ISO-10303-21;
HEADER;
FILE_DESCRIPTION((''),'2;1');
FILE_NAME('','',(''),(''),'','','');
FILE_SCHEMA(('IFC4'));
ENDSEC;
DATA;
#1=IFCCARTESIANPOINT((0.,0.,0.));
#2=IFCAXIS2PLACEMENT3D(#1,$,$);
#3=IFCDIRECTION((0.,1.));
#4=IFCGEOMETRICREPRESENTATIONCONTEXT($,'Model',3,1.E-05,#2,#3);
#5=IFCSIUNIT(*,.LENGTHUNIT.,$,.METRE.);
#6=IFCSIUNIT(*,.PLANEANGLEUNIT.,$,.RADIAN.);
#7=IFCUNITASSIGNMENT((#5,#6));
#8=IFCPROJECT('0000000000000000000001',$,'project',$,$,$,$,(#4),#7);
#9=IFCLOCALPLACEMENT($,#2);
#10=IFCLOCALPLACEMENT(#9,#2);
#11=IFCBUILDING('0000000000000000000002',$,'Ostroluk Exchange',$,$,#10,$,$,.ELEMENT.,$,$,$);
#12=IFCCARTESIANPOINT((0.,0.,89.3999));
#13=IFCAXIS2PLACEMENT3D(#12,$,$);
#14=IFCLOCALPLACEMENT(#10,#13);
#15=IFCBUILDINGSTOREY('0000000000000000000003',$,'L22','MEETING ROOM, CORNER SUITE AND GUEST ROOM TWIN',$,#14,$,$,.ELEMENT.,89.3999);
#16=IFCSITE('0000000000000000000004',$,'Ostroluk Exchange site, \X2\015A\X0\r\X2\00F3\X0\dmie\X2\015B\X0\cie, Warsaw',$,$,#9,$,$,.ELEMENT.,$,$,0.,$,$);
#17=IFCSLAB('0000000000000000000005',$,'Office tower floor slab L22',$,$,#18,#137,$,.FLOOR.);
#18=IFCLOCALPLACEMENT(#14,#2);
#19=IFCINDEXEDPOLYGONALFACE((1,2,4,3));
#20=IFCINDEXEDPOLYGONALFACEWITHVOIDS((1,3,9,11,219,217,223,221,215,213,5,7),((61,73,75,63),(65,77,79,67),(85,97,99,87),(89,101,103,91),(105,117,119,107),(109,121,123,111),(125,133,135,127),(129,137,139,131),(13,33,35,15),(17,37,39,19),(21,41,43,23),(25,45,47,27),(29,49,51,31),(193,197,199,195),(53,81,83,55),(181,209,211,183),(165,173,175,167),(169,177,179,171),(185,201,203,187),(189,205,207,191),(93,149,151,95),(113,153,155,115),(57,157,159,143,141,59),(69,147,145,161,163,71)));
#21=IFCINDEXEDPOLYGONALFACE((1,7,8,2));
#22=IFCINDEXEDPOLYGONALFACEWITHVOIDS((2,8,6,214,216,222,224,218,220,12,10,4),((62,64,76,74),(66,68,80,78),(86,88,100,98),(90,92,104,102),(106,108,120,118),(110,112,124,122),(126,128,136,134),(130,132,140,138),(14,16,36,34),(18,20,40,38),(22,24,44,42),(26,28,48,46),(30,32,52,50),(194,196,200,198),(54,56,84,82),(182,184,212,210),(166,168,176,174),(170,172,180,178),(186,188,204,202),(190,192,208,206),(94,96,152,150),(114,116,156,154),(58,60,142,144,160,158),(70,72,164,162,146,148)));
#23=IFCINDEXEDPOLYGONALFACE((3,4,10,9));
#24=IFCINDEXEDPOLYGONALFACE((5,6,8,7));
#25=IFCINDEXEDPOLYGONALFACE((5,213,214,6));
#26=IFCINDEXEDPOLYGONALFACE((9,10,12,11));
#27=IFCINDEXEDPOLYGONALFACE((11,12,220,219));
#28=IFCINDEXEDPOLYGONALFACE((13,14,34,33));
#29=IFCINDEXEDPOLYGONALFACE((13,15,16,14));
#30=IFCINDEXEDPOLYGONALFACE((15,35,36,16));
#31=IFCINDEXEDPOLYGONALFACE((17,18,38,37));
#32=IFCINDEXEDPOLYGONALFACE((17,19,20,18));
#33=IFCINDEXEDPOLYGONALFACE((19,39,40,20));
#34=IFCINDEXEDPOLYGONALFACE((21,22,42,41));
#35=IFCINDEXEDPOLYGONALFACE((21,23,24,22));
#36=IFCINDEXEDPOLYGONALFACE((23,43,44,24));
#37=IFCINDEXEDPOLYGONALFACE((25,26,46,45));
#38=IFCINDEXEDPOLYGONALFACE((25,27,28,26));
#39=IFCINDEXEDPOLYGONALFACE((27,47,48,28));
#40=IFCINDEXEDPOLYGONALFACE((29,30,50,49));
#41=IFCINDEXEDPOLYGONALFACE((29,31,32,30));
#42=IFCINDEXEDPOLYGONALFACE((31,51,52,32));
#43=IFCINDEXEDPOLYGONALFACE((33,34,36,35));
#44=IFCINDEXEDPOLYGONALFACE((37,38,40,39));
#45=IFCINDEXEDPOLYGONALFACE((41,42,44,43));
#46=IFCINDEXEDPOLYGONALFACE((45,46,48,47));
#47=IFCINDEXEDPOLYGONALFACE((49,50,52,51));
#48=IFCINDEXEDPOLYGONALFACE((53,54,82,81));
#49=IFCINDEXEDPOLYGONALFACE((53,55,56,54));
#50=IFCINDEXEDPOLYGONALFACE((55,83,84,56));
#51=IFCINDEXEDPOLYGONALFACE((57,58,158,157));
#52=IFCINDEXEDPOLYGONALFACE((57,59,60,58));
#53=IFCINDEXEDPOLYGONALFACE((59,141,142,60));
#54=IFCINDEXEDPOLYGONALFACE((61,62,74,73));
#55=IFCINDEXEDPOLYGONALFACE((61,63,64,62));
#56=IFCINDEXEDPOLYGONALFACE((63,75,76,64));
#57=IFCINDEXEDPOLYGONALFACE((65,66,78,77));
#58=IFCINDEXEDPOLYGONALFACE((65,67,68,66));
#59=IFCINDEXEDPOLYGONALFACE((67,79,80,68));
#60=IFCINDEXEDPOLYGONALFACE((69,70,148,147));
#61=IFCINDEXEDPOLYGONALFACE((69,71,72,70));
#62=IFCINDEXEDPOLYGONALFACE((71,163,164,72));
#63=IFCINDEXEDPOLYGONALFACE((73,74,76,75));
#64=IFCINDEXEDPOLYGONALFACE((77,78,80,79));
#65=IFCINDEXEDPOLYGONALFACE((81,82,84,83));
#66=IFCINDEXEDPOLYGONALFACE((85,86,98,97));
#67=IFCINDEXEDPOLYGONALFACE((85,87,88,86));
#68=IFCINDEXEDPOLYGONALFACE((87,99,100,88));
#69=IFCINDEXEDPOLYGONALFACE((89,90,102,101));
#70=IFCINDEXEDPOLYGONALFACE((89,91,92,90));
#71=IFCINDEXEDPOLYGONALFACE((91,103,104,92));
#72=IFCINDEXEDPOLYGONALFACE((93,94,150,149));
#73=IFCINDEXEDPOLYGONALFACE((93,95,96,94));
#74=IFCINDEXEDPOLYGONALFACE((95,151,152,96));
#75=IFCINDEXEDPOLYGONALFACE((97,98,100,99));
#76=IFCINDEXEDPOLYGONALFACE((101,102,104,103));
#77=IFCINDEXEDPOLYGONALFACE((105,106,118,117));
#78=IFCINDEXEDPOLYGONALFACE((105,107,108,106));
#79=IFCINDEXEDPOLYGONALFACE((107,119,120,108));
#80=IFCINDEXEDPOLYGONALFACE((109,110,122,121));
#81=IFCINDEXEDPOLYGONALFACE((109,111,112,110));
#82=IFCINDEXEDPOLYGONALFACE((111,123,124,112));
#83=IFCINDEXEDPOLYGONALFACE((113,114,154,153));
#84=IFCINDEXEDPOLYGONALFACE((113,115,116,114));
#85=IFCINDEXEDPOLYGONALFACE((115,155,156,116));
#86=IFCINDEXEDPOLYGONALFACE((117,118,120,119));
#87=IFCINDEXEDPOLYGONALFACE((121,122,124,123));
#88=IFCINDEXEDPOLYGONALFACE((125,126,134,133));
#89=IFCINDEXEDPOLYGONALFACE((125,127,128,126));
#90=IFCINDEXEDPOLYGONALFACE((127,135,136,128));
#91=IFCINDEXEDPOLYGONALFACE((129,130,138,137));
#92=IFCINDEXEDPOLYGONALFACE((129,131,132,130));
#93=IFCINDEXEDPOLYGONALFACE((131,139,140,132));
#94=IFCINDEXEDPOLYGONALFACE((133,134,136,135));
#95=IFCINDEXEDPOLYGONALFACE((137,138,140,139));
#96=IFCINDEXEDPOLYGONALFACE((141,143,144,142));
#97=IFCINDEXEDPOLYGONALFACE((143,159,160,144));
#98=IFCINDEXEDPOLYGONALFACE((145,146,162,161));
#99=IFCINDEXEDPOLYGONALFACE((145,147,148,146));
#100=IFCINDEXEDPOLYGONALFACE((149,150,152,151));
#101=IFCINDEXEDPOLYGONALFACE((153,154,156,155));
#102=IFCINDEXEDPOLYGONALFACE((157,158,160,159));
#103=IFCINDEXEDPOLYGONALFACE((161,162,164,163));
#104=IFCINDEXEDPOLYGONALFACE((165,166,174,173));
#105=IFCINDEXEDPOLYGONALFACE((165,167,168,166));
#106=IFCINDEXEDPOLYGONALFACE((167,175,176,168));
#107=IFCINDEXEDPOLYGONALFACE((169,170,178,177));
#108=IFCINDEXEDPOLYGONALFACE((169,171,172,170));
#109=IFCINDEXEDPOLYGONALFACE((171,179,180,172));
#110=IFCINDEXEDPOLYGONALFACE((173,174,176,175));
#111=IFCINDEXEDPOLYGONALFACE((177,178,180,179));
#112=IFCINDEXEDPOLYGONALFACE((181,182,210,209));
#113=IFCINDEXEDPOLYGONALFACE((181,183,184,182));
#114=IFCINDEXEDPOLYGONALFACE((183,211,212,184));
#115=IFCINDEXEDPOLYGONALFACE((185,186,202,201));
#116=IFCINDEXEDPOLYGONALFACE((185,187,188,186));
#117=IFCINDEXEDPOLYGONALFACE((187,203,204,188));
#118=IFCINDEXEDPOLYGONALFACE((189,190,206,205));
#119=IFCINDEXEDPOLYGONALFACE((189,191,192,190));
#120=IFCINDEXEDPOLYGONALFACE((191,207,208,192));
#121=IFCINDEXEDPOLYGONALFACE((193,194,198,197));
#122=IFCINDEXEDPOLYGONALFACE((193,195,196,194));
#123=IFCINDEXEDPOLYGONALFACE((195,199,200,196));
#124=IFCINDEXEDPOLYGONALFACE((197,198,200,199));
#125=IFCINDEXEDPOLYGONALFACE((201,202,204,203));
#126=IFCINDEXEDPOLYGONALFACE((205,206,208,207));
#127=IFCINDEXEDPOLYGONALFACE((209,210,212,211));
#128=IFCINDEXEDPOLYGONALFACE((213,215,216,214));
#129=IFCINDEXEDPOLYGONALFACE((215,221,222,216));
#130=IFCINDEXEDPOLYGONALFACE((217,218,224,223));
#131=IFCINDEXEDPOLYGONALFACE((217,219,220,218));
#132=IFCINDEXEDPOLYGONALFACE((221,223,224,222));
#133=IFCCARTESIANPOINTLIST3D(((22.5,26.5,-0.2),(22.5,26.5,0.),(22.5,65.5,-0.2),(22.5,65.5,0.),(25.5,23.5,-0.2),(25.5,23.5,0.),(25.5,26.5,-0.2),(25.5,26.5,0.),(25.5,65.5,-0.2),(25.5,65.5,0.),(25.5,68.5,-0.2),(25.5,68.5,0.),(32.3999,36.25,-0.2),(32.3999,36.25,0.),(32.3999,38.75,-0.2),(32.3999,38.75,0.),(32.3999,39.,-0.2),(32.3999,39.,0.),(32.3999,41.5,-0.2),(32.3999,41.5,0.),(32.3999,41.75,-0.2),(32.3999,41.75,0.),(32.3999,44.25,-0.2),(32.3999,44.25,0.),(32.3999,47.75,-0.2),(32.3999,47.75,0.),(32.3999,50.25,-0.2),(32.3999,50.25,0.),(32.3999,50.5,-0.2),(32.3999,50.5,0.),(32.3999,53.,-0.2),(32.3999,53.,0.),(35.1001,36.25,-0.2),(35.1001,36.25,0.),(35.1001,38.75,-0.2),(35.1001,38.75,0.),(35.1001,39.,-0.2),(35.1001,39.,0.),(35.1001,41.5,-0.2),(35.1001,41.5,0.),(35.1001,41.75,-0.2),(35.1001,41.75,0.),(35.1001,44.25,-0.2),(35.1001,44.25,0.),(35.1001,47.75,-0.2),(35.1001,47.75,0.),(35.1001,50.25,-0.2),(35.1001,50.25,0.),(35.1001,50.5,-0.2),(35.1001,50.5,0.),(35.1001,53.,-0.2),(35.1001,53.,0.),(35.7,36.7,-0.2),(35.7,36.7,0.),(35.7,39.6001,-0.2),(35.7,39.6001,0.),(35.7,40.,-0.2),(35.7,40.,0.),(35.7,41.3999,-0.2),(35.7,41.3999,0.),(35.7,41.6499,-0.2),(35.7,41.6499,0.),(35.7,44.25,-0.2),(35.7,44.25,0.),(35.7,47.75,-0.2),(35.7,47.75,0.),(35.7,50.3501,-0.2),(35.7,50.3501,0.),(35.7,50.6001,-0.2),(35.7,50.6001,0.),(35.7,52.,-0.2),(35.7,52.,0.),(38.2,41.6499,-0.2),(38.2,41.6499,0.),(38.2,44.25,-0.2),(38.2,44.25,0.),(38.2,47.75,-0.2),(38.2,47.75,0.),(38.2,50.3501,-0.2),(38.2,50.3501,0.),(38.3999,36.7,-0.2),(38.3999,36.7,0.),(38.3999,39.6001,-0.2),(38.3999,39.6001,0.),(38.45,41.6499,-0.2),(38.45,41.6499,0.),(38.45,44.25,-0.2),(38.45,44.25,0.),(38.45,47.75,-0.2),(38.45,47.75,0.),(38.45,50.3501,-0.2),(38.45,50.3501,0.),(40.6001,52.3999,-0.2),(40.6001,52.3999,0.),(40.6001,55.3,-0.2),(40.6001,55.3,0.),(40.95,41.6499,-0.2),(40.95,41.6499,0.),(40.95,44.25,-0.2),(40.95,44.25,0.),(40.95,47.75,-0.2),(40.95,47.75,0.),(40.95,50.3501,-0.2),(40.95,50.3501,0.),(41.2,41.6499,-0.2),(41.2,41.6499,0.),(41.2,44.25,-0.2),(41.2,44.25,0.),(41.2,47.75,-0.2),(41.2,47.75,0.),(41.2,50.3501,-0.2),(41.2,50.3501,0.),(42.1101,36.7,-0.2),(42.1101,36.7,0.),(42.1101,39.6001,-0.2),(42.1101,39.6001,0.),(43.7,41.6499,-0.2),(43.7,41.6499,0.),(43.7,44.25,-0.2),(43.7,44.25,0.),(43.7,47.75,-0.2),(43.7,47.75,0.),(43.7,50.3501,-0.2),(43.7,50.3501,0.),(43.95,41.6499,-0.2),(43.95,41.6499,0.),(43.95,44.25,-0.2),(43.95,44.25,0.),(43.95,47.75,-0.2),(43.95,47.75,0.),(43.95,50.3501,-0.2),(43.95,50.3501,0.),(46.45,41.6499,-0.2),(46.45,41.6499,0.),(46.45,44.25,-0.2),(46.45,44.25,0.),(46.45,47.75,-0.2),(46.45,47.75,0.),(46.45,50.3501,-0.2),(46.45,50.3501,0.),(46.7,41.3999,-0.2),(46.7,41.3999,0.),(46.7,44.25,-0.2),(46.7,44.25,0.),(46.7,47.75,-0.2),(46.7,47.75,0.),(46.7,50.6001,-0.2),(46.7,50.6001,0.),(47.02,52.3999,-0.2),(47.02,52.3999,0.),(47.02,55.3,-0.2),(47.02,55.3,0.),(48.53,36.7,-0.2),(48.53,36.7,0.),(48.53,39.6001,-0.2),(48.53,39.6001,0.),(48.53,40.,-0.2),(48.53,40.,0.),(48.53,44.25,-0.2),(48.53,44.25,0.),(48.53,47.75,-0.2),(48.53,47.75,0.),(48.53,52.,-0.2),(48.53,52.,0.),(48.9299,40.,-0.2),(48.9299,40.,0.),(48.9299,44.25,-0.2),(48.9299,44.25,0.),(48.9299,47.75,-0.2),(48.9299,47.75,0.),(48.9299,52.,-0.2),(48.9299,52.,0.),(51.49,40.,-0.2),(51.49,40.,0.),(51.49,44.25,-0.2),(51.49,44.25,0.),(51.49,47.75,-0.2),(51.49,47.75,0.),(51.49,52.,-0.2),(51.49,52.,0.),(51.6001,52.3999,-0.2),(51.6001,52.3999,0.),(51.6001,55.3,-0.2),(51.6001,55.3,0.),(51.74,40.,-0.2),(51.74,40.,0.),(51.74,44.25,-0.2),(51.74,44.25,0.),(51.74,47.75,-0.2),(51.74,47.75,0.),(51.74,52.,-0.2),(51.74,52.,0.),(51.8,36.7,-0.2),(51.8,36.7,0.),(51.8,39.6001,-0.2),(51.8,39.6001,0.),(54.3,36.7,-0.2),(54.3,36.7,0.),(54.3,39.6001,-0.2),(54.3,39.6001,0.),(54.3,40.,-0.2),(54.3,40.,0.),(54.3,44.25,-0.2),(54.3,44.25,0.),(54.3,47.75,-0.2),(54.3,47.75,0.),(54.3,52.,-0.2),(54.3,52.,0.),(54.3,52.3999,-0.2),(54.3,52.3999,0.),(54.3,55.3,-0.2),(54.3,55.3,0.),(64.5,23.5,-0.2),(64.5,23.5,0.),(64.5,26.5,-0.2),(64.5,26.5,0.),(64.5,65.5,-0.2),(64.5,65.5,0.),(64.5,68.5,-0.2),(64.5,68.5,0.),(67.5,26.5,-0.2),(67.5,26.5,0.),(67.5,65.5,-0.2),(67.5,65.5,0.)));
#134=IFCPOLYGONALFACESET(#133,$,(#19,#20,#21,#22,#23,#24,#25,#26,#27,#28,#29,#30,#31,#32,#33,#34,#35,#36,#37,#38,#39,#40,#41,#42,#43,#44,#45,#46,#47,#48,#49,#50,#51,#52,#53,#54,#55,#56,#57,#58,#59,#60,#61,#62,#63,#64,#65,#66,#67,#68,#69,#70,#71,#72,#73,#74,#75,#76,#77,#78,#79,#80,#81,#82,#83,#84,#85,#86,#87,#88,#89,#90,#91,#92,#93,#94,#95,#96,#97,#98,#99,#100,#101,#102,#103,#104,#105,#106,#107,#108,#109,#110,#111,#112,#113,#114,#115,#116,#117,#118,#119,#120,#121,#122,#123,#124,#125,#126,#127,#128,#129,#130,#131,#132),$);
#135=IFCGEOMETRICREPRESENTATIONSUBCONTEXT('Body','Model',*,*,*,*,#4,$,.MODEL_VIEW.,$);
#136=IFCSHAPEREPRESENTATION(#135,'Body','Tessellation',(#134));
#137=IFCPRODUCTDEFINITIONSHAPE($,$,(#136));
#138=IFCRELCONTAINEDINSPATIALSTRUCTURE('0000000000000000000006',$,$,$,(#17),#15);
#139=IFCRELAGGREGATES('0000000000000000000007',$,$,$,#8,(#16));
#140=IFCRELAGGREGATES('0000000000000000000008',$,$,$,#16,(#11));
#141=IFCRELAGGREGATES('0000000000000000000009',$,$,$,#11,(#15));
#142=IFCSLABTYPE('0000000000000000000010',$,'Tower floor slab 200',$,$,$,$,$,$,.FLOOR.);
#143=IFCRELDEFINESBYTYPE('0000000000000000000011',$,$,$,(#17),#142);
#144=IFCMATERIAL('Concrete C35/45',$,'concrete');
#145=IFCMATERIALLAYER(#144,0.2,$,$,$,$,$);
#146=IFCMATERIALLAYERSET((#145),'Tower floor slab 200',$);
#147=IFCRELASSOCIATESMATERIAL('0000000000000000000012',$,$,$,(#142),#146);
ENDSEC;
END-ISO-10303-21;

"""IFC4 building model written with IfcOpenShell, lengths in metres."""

from ifc_helpers import new_model, si_unit, direction, frame, origin, place, context, subcontext, project, spatial, polyline, outline, extrude, material, layer, layer_set, type_object, element, save


model = new_model("IFC4")

# Units and contexts
model_context = context("Model", 3, precision=1e-05, world=origin(), true_north=direction((0.0, 1.0)))
body_context = subcontext(model_context, "Body", "Model", "MODEL_VIEW")
ifc_project = project(units=[si_unit("LENGTHUNIT", "METRE"), si_unit("PLANEANGLEUNIT", "RADIAN")], contexts=[model_context])

# Site, building, storey
site_placement = place(None, origin())
site = spatial("IfcSite", under=ifc_project, at=site_placement, Name="Ostroluk Exchange site, Śródmieście, Warsaw", CompositionType="ELEMENT", RefElevation=0.0)
building_placement = place(site_placement, origin())
building = spatial("IfcBuilding", under=site, at=building_placement, Name="Ostroluk Exchange", CompositionType="ELEMENT")
storey_placement = place(building_placement, frame((0.0, 0.0, 89.3999)))
storey = spatial("IfcBuildingStorey", under=building, at=storey_placement, Name="L22", Description="MEETING ROOM, CORNER SUITE AND GUEST ROOM TWIN", CompositionType="ELEMENT", Elevation=89.3999)

# Slab
ifc_material_1 = material(Name="Concrete C35/45", Category="concrete")
ifc_layer_1 = layer(ifc_material_1, 0.2)
ifc_layer_set_1 = layer_set([ifc_layer_1], Name="Tower floor slab 200")
slab_type_1 = type_object("IfcSlabType", Name="Tower floor slab 200", PredefinedType="FLOOR", material=ifc_layer_set_1)
slab_1_placement = place(storey_placement, frame((0.0, 0.0, -0.2)))
element("IfcSlab", 1, at=slab_1_placement, inside=storey, type_object=slab_type_1, Name="Office tower floor slab L22", PredefinedType="FLOOR", context=body_context, shape_type="SweptSolid", body=[
    extrude(outline(polyline([(25.5, 23.5), (64.5, 23.5), (64.5, 26.5), (67.5, 26.5), (67.5, 65.5), (64.5, 65.5), (64.5, 68.5), (25.5, 68.5), (25.5, 65.5), (22.5, 65.5), (22.5, 26.5), (25.5, 26.5), (25.5, 23.5)]), holes=[polyline([(35.7, 36.7), (38.3999, 36.7), (38.3999, 39.6001), (35.7, 39.6001), (35.7, 36.7)]), polyline([(42.1101, 36.7), (48.53, 36.7), (48.53, 39.6001), (42.1101, 39.6001), (42.1101, 36.7)]), polyline([(51.8, 36.7), (54.3, 36.7), (54.3, 39.6001), (51.8, 39.6001), (51.8, 36.7)]), polyline([(40.6001, 52.3999), (47.02, 52.3999), (47.02, 55.3), (40.6001, 55.3), (40.6001, 52.3999)]), polyline([(51.6001, 52.3999), (54.3, 52.3999), (54.3, 55.3), (51.6001, 55.3), (51.6001, 52.3999)]), polyline([(35.7, 47.75), (38.2, 47.75), (38.2, 50.3501), (35.7, 50.3501), (35.7, 47.75)]), polyline([(38.45, 47.75), (40.95, 47.75), (40.95, 50.3501), (38.45, 50.3501), (38.45, 47.75)]), polyline([(41.2, 47.75), (43.7, 47.75), (43.7, 50.3501), (41.2, 50.3501), (41.2, 47.75)]), polyline([(43.95, 47.75), (46.45, 47.75), (46.45, 50.3501), (43.95, 50.3501), (43.95, 47.75)]), polyline([(35.7, 41.6499), (38.2, 41.6499), (38.2, 44.25), (35.7, 44.25), (35.7, 41.6499)]), polyline([(38.45, 41.6499), (40.95, 41.6499), (40.95, 44.25), (38.45, 44.25), (38.45, 41.6499)]), polyline([(41.2, 41.6499), (43.7, 41.6499), (43.7, 44.25), (41.2, 44.25), (41.2, 41.6499)]), polyline([(43.95, 41.6499), (46.45, 41.6499), (46.45, 44.25), (43.95, 44.25), (43.95, 41.6499)]), polyline([(48.9299, 47.75), (51.49, 47.75), (51.49, 52.0), (48.9299, 52.0), (48.9299, 47.75)]), polyline([(51.74, 47.75), (54.3, 47.75), (54.3, 52.0), (51.74, 52.0), (51.74, 47.75)]), polyline([(48.9299, 40.0), (51.49, 40.0), (51.49, 44.25), (48.9299, 44.25), (48.9299, 40.0)]), polyline([(51.74, 40.0), (54.3, 40.0), (54.3, 44.25), (51.74, 44.25), (51.74, 40.0)]), polyline([(48.53, 52.0), (48.53, 47.75), (46.7, 47.75), (46.7, 50.6001), (35.7, 50.6001), (35.7, 52.0), (48.53, 52.0)]), polyline([(35.7, 40.0), (35.7, 41.3999), (46.7, 41.3999), (46.7, 44.25), (48.53, 44.25), (48.53, 40.0), (35.7, 40.0)]), polyline([(32.3999, 36.25), (35.1001, 36.25), (35.1001, 38.75), (32.3999, 38.75), (32.3999, 36.25)]), polyline([(32.3999, 39.0), (35.1001, 39.0), (35.1001, 41.5), (32.3999, 41.5), (32.3999, 39.0)]), polyline([(32.3999, 41.75), (35.1001, 41.75), (35.1001, 44.25), (32.3999, 44.25), (32.3999, 41.75)]), polyline([(32.3999, 47.75), (35.1001, 47.75), (35.1001, 50.25), (32.3999, 50.25), (32.3999, 47.75)]), polyline([(32.3999, 50.5), (35.1001, 50.5), (35.1001, 53.0), (32.3999, 53.0), (32.3999, 50.5)])]), origin(), (0.0, 0.0, 1.0), 0.2),
])

save(model, "model.ifc")
